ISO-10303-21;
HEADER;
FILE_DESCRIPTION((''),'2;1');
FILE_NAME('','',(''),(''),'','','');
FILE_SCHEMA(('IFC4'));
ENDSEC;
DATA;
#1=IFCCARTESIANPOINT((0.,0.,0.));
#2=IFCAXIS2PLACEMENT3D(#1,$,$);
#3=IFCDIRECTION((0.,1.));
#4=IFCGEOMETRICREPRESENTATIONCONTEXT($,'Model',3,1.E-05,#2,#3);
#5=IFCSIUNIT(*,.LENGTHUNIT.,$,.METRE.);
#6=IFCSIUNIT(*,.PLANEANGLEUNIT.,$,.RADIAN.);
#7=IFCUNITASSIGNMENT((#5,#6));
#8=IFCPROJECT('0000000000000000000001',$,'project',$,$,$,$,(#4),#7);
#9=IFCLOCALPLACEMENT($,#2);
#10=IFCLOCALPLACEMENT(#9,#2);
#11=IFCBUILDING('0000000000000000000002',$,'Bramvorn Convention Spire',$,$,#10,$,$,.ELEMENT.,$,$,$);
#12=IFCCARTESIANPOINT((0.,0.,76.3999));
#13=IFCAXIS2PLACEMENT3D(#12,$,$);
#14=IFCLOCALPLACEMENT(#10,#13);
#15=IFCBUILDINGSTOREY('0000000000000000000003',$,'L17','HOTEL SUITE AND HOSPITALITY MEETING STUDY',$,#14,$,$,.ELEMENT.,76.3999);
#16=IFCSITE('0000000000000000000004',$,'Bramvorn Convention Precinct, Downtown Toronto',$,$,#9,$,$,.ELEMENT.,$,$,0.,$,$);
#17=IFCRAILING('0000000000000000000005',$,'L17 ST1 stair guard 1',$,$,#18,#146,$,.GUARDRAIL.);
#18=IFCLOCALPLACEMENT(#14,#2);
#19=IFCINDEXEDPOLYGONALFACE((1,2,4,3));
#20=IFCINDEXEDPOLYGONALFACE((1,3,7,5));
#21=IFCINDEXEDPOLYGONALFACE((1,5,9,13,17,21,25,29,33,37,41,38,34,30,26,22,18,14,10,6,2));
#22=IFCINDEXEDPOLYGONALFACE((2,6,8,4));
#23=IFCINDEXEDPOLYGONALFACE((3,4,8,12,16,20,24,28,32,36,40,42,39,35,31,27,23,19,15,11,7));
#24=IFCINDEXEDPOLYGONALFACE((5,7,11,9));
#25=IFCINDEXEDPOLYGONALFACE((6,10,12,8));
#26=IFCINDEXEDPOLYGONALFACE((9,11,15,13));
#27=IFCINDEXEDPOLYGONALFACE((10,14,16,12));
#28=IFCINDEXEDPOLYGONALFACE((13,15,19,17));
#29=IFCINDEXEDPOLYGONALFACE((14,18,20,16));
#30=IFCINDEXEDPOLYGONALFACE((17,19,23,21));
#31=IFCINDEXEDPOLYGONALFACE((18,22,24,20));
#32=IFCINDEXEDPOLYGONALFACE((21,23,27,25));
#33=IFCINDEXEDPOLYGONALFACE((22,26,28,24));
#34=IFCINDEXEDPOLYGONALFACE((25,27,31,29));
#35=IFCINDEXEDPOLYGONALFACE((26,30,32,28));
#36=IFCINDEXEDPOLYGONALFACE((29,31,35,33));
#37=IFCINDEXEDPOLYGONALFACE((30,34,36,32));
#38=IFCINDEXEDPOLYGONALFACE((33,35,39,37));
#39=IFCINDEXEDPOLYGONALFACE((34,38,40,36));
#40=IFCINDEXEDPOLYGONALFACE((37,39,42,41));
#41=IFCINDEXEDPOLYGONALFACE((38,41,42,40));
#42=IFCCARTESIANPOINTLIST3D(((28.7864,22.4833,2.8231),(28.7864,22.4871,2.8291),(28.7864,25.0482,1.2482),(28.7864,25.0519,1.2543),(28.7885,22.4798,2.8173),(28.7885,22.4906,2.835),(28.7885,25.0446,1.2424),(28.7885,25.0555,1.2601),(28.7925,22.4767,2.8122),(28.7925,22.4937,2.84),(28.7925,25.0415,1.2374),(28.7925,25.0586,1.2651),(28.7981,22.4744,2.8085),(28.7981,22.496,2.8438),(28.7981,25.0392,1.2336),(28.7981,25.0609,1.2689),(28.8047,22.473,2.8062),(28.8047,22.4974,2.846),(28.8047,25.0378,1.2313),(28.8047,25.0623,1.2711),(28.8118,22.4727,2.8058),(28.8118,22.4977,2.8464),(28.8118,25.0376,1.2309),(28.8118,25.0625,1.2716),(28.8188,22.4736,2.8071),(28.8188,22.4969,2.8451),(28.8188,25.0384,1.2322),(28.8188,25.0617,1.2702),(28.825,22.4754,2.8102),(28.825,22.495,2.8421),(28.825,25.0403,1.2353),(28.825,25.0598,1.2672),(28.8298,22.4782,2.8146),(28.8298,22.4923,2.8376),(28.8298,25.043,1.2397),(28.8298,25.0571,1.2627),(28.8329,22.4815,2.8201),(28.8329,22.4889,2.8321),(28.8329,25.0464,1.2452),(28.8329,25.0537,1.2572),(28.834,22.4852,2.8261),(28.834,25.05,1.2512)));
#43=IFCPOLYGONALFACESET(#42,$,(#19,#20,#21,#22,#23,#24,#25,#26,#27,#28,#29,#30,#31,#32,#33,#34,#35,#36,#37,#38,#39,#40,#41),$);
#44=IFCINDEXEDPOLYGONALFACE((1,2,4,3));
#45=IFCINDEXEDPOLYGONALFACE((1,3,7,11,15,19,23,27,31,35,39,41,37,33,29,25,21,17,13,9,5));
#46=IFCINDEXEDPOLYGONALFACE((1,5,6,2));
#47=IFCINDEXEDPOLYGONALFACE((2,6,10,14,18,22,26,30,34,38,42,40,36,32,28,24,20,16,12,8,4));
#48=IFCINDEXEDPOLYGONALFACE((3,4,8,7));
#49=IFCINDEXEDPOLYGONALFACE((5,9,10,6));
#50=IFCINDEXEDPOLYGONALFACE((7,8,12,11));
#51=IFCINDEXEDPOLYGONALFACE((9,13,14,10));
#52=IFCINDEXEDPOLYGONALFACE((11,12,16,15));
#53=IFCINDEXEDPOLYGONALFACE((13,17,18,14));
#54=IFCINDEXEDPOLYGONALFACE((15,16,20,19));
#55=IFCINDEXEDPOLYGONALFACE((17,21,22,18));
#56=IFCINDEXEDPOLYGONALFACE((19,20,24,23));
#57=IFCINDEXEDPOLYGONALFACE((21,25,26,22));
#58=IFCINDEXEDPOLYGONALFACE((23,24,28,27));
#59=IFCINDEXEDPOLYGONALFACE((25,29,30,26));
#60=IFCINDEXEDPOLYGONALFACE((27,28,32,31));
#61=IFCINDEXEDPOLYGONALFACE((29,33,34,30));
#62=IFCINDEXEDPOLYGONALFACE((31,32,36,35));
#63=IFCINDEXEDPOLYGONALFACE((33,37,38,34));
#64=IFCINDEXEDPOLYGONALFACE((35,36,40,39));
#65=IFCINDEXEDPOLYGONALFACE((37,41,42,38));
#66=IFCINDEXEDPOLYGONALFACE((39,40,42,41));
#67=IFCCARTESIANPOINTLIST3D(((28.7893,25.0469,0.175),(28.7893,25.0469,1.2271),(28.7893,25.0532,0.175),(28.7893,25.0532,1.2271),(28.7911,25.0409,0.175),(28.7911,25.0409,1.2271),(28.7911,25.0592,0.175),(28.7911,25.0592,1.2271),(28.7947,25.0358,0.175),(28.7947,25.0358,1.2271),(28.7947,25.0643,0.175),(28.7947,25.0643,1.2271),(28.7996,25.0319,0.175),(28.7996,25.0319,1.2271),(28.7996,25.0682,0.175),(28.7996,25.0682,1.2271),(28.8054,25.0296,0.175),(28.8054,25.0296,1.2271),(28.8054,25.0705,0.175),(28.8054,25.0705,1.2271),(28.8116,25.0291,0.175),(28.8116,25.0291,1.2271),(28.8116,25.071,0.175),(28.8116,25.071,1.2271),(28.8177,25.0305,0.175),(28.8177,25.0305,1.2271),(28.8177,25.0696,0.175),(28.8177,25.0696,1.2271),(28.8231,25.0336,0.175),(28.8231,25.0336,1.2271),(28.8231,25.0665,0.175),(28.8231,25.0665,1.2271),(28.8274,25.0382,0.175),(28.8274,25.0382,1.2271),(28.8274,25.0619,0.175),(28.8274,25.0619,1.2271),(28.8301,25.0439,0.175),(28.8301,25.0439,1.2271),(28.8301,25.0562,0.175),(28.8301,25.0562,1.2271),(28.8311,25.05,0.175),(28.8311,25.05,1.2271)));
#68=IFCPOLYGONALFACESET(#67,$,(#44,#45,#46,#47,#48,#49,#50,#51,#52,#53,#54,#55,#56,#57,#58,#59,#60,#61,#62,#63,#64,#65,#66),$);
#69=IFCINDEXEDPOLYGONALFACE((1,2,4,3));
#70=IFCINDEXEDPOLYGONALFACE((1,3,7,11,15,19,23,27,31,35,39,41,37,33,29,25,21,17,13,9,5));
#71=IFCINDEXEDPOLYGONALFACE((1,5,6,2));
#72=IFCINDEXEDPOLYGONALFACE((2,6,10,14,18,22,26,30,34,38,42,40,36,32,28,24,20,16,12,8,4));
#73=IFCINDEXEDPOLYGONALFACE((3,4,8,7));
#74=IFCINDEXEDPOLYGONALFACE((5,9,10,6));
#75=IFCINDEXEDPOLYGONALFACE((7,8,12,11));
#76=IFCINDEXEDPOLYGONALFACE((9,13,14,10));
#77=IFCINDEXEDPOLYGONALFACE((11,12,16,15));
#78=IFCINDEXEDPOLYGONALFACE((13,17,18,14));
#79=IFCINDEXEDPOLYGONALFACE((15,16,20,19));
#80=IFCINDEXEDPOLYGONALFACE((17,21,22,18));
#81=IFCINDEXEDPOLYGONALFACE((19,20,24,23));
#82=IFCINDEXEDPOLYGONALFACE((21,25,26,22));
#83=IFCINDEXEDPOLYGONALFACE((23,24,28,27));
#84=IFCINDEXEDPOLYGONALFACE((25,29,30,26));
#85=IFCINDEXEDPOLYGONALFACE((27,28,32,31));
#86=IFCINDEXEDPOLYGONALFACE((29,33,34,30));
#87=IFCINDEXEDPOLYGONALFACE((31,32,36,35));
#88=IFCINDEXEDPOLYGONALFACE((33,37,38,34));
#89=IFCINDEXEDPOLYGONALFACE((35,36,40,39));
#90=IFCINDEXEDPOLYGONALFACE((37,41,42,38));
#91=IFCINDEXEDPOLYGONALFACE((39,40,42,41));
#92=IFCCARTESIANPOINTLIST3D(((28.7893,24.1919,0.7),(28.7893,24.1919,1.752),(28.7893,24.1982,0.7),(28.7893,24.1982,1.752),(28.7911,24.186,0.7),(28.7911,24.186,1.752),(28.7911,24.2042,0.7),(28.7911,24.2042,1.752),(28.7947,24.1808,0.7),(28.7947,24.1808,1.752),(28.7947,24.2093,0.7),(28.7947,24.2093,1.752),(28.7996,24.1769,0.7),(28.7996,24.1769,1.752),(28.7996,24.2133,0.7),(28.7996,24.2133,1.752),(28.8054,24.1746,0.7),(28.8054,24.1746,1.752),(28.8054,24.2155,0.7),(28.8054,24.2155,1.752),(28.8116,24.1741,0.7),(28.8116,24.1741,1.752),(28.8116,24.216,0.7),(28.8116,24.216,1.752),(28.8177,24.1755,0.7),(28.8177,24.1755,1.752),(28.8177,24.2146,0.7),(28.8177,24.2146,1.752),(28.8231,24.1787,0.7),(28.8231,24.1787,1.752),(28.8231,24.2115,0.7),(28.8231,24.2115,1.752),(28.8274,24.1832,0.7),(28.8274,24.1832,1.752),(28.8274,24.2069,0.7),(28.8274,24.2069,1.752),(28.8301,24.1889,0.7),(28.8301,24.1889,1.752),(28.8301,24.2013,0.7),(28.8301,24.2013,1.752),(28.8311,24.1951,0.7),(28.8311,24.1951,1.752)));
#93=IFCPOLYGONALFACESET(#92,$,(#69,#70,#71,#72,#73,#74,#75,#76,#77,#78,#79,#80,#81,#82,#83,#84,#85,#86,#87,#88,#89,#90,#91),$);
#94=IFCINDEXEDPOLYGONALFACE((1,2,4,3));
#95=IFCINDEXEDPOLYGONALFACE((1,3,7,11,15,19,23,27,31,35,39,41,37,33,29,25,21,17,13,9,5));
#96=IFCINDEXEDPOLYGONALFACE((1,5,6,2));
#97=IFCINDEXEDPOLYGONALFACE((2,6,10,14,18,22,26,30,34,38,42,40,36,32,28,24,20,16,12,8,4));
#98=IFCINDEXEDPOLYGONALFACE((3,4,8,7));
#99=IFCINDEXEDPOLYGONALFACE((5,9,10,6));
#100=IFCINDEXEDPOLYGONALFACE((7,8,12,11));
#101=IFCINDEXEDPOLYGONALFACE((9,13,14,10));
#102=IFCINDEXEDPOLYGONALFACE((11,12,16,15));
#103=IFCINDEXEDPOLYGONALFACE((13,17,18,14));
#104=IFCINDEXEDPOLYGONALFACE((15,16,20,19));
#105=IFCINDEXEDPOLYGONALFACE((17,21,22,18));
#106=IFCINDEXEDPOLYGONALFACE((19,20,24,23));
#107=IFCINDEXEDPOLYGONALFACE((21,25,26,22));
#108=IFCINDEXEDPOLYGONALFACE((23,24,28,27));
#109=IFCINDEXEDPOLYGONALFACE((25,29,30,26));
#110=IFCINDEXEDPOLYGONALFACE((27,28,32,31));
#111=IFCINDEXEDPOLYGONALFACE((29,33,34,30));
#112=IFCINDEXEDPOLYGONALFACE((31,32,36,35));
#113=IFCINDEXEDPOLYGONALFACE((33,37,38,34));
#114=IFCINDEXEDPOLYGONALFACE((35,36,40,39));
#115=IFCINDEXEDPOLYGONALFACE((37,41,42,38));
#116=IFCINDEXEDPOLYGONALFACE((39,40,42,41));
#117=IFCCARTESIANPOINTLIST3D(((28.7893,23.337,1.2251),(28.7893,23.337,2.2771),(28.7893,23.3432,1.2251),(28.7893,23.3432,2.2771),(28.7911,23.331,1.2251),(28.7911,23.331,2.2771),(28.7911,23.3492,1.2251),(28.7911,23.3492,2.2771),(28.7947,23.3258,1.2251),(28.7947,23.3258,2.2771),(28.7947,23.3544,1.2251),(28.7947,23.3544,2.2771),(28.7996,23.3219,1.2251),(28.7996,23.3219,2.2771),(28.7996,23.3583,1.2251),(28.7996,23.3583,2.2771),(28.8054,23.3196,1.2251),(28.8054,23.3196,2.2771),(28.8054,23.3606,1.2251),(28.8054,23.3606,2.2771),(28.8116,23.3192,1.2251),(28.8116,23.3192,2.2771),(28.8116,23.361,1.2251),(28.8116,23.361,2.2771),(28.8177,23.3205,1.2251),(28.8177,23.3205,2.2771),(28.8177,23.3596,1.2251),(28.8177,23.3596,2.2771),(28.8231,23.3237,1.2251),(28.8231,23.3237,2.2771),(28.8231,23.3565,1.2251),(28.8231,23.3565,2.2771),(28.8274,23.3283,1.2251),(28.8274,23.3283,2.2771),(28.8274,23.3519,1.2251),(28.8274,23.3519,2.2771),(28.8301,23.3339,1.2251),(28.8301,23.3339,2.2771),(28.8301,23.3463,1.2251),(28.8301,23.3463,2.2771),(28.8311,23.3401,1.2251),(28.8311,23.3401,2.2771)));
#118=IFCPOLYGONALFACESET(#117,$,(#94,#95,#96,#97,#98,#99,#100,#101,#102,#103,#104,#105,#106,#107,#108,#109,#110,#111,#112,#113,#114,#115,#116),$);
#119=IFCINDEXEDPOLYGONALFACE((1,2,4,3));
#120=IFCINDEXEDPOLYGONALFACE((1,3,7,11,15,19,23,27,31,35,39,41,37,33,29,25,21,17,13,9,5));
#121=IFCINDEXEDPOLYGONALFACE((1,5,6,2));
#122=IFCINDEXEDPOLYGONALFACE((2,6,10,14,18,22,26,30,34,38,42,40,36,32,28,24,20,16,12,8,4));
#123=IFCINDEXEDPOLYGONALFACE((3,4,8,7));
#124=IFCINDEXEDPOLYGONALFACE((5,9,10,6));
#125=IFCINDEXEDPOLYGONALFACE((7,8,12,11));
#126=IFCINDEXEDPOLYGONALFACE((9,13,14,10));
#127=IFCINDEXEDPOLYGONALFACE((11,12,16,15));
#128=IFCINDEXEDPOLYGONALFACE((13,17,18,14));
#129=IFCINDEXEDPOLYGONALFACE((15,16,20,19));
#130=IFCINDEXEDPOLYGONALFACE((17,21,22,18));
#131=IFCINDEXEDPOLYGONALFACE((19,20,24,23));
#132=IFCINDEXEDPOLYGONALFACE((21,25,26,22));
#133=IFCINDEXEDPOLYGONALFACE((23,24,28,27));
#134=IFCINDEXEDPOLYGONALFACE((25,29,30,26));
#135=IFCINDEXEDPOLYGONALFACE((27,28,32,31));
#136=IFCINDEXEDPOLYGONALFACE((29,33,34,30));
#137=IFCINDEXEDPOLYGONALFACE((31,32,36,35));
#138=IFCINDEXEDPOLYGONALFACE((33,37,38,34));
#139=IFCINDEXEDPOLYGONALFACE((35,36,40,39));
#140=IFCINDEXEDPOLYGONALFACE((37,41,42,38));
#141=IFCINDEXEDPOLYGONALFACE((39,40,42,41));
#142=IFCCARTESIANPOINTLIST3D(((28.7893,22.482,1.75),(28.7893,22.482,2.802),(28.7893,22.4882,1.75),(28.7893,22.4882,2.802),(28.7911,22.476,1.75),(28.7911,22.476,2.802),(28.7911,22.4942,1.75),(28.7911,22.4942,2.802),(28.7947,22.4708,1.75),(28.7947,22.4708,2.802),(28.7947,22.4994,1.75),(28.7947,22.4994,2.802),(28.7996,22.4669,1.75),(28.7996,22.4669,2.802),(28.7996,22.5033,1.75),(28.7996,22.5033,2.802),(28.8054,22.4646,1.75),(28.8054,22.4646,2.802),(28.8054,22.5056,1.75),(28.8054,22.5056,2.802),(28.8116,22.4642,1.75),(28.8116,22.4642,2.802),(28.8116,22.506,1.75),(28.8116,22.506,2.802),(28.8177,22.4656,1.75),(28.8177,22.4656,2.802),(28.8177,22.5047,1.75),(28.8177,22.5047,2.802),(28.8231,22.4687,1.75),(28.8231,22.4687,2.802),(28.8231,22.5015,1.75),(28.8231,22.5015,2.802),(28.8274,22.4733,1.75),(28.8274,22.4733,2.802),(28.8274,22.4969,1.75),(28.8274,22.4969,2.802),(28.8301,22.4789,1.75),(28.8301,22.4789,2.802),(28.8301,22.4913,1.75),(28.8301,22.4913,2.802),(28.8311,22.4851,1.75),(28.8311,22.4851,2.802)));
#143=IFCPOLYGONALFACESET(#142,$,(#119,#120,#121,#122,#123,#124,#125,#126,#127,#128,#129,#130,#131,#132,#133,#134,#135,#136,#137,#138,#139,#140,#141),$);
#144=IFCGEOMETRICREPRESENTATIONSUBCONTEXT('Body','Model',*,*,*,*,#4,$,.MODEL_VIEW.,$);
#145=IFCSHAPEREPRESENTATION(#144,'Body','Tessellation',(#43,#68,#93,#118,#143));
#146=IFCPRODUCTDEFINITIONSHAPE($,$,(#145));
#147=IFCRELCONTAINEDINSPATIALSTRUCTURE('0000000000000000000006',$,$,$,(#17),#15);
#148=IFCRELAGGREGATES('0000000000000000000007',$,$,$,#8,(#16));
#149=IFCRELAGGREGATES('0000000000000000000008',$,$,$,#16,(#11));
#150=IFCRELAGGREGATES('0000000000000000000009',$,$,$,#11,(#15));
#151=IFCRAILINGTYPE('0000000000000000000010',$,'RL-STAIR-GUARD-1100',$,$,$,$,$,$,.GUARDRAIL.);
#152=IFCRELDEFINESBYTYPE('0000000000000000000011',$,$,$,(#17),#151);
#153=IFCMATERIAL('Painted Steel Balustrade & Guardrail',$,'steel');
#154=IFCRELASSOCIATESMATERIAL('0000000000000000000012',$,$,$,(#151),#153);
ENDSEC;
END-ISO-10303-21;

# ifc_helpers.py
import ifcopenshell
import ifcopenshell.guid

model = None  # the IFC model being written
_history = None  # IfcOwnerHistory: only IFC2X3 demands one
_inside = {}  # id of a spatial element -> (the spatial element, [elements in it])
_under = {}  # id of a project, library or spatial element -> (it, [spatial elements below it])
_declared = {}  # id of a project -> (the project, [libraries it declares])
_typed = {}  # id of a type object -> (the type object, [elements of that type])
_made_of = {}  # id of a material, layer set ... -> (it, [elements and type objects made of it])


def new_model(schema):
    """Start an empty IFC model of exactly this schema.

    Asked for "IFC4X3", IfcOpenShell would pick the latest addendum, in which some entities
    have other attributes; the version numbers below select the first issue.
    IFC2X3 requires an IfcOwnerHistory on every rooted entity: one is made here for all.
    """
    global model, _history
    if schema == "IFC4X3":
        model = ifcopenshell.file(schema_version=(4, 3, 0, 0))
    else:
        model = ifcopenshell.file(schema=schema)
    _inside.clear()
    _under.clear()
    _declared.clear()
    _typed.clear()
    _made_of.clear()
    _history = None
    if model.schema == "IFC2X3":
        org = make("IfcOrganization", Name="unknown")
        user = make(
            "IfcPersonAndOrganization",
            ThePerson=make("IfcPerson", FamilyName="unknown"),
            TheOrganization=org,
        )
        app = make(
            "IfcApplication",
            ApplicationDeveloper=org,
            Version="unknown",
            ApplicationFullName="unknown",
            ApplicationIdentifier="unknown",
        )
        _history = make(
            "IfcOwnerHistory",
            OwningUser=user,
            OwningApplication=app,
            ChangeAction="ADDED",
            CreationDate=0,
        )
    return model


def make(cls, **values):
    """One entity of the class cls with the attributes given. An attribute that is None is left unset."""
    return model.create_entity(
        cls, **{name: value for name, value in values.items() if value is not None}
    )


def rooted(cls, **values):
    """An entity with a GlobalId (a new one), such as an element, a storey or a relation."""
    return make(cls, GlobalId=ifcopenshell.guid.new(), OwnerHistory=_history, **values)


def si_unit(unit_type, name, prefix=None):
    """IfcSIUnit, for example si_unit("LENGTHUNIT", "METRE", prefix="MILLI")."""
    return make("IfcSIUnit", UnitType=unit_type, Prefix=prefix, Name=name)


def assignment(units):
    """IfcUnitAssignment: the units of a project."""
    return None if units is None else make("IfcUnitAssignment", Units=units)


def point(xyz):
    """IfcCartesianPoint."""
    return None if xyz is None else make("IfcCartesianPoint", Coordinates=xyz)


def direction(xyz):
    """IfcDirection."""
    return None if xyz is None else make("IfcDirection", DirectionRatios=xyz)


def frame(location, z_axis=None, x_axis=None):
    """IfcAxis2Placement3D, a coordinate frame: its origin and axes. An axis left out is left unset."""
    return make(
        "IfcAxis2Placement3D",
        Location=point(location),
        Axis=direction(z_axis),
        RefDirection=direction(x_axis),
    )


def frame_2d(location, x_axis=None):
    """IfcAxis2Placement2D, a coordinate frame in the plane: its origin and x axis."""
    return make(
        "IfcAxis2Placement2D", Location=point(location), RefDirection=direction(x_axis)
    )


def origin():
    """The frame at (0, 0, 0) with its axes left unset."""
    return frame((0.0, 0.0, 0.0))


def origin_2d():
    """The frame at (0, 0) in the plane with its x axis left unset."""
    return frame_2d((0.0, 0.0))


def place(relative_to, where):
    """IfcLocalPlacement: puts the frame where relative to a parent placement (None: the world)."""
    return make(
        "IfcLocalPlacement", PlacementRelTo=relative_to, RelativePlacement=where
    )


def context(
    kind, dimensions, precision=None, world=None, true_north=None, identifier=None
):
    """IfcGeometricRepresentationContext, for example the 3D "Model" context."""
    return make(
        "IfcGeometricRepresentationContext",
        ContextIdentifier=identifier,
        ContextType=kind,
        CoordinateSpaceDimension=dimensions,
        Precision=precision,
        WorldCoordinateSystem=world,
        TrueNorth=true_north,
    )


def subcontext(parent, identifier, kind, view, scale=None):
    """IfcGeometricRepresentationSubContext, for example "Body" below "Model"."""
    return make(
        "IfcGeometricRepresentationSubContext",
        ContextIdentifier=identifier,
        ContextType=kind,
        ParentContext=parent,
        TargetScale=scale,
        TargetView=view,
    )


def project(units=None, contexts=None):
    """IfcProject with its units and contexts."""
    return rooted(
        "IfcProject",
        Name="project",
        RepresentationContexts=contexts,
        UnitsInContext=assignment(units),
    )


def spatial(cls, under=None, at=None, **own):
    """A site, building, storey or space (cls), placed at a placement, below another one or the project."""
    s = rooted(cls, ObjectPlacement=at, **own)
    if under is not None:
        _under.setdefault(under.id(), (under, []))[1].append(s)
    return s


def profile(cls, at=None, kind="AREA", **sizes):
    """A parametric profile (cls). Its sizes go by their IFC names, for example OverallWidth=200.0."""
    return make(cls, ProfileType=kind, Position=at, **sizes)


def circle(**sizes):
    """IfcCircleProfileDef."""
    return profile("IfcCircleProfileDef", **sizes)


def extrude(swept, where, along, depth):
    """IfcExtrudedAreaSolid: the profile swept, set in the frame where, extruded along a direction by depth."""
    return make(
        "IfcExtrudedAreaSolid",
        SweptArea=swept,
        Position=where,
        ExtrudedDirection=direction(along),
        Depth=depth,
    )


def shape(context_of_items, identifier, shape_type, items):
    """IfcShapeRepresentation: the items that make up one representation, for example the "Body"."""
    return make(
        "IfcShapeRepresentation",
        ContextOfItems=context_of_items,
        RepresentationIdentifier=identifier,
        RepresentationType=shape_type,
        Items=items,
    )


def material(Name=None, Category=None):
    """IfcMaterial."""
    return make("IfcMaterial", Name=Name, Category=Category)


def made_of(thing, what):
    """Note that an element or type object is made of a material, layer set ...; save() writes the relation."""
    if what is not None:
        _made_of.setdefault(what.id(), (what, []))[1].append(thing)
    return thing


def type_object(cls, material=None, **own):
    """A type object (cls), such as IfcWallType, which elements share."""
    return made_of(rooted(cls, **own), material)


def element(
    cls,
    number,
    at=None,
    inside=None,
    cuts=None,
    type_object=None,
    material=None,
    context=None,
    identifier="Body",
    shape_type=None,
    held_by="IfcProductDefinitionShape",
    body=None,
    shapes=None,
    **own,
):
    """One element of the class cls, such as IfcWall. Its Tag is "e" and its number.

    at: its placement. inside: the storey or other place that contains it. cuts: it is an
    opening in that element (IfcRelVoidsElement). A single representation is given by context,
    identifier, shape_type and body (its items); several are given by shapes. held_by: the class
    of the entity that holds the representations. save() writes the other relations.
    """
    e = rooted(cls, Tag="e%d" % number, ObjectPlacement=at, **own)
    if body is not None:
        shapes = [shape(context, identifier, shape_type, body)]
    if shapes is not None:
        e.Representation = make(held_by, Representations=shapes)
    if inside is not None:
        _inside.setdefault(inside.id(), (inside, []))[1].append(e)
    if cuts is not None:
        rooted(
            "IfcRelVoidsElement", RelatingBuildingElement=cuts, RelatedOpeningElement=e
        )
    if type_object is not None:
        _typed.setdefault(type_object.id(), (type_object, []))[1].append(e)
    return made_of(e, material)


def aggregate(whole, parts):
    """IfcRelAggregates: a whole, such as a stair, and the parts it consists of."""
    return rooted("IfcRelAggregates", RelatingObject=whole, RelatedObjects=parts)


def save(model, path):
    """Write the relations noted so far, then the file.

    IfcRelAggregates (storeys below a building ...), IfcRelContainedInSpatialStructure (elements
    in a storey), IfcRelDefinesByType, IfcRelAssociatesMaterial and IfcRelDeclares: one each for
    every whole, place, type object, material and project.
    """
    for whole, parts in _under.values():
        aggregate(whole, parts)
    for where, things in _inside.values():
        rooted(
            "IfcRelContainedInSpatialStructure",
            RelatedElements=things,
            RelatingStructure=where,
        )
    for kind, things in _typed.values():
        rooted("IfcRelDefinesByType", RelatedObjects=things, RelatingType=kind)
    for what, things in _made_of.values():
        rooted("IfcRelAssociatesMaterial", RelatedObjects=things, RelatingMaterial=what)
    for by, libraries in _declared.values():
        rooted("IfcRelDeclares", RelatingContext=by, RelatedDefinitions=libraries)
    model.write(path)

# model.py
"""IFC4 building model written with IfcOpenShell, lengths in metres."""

from ifc_helpers import new_model, si_unit, direction, frame, origin, origin_2d, place, context, subcontext, project, spatial, circle, extrude, material, type_object, element, save


model = new_model("IFC4")

# Units and contexts
model_context = context("Model", 3, precision=1e-05, world=origin(), true_north=direction((0.0, 1.0)))
body_context = subcontext(model_context, "Body", "Model", "MODEL_VIEW")
ifc_project = project(units=[si_unit("LENGTHUNIT", "METRE"), si_unit("PLANEANGLEUNIT", "RADIAN")], contexts=[model_context])

# Site, building, storey
site_placement = place(None, origin())
site = spatial("IfcSite", under=ifc_project, at=site_placement, Name="Bramvorn Convention Precinct, Downtown Toronto", CompositionType="ELEMENT", RefElevation=0.0)
building_placement = place(site_placement, origin())
building = spatial("IfcBuilding", under=site, at=building_placement, Name="Bramvorn Convention Spire", CompositionType="ELEMENT")
storey_placement = place(building_placement, frame((0.0, 0.0, 76.3999)))
storey = spatial("IfcBuildingStorey", under=building, at=storey_placement, Name="L17", Description="HOTEL SUITE AND HOSPITALITY MEETING STUDY", CompositionType="ELEMENT", Elevation=76.3999)

# Railing
ifc_material_1 = material(Name="Painted Steel Balustrade & Guardrail", Category="steel")
railing_type_1 = type_object("IfcRailingType", Name="RL-STAIR-GUARD-1100", PredefinedType="GUARDRAIL", material=ifc_material_1)
railing_1_placement = place(storey_placement, frame((28.8101, 25.05, 0.175)))
element("IfcRailing", 1, at=railing_1_placement, inside=storey, type_object=railing_type_1, Name="L17 ST1 stair guard 1", PredefinedType="GUARDRAIL", context=body_context, shape_type="SweptSolid", body=[
    extrude(circle(Radius=0.0239, at=origin_2d()), frame((0.0, 0.0, 1.0762), z_axis=(0.0, -0.852173, 0.52326), x_axis=(1.0, 0.0, 0.0)), (0.0, 0.0, 1.0), 3.0098),
    extrude(circle(Radius=0.021, at=origin_2d()), origin(), (0.0, 0.0, 1.0), 1.052),
    extrude(circle(Radius=0.021, at=origin_2d()), frame((0.0, -0.855, 0.5249)), (0.0, 0.0, 1.0), 1.052),
    extrude(circle(Radius=0.021, at=origin_2d()), frame((0.0, -1.71, 1.05)), (0.0, 0.0, 1.0), 1.052),
    extrude(circle(Radius=0.021, at=origin_2d()), frame((0.0, -2.5649, 1.575)), (0.0, 0.0, 1.0), 1.052),
])

save(model, "model.ifc")
